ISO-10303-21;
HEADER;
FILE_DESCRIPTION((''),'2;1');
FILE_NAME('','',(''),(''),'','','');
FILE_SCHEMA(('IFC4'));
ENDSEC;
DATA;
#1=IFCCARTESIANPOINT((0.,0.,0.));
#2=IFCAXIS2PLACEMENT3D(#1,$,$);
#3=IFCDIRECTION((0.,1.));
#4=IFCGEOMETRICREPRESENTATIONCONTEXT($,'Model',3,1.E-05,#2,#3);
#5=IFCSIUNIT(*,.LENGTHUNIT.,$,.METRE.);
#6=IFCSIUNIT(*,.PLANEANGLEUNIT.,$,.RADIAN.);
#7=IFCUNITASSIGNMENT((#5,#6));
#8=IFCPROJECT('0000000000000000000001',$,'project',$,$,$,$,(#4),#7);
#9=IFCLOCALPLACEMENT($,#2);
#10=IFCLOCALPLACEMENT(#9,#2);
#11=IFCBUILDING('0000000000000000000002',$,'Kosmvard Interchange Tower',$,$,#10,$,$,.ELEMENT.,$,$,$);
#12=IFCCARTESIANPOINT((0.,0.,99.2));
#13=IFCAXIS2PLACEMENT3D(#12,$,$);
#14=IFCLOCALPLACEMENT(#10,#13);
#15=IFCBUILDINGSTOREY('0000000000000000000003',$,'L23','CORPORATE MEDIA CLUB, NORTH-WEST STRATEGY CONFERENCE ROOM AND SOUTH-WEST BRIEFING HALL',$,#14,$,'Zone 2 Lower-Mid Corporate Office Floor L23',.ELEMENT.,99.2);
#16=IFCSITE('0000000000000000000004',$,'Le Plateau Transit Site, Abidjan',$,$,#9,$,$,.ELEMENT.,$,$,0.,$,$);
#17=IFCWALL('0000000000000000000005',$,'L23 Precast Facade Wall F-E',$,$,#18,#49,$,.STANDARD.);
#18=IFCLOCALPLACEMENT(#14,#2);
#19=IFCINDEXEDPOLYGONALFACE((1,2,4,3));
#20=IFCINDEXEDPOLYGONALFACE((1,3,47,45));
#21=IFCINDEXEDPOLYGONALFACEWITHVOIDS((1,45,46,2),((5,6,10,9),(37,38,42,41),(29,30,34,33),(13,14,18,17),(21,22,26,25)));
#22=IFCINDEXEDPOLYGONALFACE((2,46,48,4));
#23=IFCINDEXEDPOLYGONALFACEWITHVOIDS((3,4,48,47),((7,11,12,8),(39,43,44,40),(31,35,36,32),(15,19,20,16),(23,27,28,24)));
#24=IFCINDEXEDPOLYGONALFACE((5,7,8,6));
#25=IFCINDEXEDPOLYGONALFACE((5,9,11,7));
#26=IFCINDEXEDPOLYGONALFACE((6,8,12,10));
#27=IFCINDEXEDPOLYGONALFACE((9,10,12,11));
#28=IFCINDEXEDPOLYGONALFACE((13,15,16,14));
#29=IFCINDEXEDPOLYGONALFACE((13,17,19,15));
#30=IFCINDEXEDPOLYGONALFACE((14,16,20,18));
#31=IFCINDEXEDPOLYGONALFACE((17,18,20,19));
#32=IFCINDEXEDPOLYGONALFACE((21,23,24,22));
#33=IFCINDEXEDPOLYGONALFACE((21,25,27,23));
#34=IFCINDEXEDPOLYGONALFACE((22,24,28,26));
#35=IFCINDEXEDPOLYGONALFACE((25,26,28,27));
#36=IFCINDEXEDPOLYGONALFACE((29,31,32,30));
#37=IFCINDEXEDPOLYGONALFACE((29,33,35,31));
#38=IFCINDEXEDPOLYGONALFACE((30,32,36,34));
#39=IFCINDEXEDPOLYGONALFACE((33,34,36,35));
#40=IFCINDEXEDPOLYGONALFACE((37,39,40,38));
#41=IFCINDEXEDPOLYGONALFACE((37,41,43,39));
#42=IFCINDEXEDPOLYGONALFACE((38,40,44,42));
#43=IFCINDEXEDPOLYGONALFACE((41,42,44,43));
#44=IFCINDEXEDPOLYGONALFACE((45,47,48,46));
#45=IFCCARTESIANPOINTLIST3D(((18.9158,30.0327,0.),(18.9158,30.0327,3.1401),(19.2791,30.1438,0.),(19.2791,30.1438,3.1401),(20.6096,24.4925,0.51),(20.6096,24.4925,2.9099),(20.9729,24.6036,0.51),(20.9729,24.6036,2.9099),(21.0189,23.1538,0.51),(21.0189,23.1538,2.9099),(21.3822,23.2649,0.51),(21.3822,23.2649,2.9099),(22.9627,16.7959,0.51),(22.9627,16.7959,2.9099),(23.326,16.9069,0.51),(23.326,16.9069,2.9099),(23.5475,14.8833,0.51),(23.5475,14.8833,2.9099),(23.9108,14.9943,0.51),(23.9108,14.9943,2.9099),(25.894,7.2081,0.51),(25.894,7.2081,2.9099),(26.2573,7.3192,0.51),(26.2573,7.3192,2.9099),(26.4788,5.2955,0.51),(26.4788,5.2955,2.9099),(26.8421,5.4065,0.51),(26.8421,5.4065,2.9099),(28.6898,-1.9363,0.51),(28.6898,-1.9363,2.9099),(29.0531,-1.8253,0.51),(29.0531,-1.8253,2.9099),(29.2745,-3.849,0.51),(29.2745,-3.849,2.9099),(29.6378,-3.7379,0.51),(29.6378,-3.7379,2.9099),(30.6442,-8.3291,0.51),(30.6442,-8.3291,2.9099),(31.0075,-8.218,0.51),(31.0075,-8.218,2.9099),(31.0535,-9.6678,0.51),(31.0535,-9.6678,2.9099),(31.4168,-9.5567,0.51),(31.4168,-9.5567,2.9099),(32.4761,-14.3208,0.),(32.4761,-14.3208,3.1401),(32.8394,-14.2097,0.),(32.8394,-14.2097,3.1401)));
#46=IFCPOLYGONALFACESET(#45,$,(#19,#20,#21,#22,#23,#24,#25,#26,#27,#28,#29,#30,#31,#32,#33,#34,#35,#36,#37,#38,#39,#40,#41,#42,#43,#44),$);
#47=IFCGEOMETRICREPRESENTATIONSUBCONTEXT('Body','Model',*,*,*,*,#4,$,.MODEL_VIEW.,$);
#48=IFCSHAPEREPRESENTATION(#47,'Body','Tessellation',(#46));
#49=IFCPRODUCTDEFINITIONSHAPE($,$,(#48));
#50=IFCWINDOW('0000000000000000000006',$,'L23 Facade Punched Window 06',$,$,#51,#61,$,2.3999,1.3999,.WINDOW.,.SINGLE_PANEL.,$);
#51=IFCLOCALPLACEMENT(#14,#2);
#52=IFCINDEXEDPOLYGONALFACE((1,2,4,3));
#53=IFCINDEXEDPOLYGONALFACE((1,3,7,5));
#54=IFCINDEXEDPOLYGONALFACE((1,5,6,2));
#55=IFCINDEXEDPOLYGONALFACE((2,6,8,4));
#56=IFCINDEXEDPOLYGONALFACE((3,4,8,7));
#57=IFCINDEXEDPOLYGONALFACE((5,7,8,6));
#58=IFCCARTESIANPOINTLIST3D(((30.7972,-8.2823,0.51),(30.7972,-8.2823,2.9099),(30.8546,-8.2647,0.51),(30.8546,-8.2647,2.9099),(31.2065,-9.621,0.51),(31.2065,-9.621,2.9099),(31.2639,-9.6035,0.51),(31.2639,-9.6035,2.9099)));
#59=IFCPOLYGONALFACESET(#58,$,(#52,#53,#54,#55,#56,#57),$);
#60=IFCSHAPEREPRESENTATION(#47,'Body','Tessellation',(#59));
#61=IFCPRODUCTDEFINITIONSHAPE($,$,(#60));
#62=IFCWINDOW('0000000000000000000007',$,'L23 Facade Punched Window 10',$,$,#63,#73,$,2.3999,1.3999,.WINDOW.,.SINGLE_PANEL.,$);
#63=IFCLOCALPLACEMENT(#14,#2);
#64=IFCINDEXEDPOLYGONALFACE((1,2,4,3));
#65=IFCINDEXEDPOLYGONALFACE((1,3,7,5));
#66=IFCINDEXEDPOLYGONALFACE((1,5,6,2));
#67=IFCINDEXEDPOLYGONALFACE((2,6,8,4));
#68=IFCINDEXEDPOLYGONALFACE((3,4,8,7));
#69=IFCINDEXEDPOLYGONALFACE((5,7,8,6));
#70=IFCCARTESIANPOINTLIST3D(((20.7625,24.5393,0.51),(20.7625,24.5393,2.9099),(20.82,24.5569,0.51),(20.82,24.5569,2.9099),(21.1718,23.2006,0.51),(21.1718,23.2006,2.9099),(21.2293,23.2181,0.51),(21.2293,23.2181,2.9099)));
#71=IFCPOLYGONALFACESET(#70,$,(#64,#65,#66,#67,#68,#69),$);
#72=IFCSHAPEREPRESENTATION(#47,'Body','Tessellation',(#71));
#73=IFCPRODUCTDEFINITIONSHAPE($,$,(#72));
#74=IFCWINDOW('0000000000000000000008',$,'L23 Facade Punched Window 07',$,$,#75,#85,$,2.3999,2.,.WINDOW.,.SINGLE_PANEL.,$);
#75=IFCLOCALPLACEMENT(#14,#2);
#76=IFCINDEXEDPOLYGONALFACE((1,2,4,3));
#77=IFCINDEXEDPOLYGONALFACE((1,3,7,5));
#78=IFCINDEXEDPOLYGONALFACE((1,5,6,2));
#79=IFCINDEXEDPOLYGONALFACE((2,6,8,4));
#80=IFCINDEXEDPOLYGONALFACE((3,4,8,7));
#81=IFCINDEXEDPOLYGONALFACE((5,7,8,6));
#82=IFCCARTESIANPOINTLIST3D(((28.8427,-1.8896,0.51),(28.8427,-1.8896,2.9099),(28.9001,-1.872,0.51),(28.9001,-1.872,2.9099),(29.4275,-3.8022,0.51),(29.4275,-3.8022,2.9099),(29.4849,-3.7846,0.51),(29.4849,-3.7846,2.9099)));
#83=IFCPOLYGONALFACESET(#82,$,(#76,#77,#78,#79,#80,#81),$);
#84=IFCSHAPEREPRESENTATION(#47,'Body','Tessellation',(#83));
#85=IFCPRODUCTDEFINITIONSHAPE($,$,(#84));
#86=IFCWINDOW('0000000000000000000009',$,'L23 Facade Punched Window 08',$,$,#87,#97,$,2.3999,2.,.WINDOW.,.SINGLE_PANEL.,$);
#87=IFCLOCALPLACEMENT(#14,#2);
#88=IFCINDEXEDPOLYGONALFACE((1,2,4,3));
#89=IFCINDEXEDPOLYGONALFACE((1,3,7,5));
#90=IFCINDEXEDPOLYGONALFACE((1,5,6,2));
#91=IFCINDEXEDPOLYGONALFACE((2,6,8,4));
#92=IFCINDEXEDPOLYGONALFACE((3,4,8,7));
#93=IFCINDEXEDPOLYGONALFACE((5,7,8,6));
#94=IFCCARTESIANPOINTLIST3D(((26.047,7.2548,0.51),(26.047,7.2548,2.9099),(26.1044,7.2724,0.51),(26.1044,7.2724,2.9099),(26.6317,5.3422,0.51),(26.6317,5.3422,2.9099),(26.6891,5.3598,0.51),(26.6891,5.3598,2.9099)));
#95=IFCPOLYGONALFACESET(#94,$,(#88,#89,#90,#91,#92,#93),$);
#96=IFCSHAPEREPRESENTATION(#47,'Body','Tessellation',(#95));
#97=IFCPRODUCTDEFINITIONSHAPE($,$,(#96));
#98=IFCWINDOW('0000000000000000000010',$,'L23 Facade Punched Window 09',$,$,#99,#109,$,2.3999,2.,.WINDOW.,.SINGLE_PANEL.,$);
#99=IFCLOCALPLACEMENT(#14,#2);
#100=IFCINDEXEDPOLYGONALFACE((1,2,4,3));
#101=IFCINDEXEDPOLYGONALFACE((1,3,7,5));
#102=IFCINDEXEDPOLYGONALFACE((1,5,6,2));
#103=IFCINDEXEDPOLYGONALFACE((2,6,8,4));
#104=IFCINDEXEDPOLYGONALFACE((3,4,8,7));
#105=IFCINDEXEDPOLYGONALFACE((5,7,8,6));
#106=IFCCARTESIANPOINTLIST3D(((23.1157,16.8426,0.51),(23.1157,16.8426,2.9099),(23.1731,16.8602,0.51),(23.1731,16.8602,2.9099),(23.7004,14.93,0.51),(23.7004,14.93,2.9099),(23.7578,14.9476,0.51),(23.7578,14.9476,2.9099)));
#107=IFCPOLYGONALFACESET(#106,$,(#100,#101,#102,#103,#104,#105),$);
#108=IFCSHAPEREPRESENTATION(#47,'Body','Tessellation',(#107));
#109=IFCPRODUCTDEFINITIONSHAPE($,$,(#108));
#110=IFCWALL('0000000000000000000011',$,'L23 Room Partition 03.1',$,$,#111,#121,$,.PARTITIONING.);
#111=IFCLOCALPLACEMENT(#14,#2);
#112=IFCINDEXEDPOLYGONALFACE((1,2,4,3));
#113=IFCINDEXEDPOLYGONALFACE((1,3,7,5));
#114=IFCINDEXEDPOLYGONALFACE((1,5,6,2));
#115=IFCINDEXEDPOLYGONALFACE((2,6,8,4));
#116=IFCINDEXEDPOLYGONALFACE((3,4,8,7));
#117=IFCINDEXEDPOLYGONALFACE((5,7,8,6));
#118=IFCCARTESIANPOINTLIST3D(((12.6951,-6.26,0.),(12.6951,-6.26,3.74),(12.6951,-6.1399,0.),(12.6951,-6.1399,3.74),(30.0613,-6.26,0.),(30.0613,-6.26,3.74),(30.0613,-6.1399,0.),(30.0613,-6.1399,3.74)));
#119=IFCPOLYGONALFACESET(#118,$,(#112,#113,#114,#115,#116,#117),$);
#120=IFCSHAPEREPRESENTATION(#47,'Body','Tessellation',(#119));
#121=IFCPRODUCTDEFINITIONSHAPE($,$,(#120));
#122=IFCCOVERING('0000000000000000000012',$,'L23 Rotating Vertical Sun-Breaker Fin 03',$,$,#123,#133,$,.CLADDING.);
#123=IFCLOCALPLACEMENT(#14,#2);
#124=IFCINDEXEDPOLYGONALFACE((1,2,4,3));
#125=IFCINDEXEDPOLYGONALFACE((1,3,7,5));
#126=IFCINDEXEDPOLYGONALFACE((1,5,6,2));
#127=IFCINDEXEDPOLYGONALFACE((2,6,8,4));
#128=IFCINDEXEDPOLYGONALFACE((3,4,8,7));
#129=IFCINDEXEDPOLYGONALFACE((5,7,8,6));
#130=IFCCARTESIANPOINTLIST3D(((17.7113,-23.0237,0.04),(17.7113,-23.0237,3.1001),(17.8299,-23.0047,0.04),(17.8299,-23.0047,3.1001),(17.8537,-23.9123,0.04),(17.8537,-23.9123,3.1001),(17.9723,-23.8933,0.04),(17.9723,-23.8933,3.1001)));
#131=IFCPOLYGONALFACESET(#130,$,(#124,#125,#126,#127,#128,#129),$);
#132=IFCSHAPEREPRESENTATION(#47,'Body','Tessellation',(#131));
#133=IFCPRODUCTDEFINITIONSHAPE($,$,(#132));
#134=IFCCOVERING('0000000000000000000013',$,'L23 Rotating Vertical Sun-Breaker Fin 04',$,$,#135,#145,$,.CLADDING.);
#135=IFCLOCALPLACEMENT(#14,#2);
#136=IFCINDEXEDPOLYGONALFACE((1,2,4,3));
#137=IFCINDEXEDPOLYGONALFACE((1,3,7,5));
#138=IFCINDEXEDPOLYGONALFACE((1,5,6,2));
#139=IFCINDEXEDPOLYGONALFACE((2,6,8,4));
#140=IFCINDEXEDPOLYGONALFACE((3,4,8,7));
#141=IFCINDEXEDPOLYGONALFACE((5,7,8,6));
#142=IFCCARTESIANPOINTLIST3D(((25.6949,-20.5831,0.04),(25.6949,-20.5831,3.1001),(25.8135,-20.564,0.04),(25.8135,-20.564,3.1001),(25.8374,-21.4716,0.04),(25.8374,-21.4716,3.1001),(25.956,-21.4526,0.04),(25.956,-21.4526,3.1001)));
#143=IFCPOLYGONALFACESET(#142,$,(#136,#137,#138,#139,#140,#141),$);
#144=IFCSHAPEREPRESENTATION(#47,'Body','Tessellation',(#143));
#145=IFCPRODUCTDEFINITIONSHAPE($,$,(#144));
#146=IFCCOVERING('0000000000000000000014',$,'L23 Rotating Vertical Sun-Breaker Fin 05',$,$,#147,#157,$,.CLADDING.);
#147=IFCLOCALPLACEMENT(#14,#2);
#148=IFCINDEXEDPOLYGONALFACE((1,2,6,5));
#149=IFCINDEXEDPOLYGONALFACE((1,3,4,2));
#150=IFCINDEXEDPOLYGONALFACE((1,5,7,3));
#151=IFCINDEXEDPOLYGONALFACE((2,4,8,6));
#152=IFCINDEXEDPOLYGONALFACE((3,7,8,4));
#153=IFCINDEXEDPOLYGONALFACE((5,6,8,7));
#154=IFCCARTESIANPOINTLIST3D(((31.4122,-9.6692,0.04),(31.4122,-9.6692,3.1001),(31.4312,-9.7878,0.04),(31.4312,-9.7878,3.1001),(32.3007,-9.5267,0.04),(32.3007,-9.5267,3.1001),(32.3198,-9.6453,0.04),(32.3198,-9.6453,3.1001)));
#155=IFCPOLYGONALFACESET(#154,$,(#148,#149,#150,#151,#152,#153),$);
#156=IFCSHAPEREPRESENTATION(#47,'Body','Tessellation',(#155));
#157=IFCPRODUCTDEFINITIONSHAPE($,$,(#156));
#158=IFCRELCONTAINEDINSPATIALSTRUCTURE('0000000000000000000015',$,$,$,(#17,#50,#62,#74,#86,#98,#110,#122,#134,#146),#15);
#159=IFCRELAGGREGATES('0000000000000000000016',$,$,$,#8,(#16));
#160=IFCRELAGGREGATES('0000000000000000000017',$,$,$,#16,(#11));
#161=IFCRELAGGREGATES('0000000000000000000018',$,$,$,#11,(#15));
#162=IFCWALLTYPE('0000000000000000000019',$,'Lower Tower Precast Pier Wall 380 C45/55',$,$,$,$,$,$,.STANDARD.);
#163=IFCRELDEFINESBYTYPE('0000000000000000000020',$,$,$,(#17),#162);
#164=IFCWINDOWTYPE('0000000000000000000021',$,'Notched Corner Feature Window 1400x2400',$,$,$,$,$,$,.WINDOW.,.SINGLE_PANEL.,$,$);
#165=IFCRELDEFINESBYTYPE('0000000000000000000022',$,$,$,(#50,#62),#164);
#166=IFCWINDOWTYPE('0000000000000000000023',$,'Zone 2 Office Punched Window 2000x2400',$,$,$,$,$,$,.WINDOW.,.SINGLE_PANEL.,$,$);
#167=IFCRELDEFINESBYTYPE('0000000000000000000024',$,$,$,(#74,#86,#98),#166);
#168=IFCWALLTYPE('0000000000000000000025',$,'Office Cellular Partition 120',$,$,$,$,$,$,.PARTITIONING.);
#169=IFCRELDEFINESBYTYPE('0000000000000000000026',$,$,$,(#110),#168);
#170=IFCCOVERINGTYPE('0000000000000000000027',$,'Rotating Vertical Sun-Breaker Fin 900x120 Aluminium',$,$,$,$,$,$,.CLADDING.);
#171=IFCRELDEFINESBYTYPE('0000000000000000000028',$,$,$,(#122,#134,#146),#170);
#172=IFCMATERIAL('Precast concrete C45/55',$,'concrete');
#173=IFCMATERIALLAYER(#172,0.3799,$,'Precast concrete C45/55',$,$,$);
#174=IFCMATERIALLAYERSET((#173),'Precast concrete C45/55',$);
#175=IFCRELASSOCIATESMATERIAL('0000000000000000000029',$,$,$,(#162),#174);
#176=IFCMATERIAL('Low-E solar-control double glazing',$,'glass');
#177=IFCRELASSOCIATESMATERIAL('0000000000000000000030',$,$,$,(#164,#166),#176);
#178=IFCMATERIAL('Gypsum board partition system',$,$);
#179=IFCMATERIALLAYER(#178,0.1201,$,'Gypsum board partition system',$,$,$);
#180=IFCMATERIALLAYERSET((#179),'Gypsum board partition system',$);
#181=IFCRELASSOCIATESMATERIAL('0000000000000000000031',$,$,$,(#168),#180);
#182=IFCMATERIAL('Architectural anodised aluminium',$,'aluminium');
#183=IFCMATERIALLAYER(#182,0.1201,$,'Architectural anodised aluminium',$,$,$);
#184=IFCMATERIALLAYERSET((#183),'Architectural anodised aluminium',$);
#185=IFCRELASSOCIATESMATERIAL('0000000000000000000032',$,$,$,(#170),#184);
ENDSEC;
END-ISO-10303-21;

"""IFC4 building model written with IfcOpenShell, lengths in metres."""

from ifc_helpers import new_model, si_unit, direction, frame, frame_2d, origin, origin_2d, place, context, subcontext, project, spatial, rectangle, extrude, source, transform, mapped, material, layer, layer_set, type_object, element, fill, save


model = new_model("IFC4")

# Units and contexts
model_context = context("Model", 3, precision=1e-05, world=origin(), true_north=direction((0.0, 1.0)))
body_context = subcontext(model_context, "Body", "Model", "MODEL_VIEW")
ifc_project = project(units=[si_unit("LENGTHUNIT", "METRE"), si_unit("PLANEANGLEUNIT", "RADIAN")], contexts=[model_context])

# Site, building, storey
site_placement = place(None, origin())
site = spatial("IfcSite", under=ifc_project, at=site_placement, Name="Le Plateau Transit Site, Abidjan", CompositionType="ELEMENT", RefElevation=0.0)
building_placement = place(site_placement, origin())
building = spatial("IfcBuilding", under=site, at=building_placement, Name="Kosmvard Interchange Tower", CompositionType="ELEMENT")
storey_placement = place(building_placement, frame((0.0, 0.0, 99.2)))
storey = spatial("IfcBuildingStorey", under=building, at=storey_placement, Name="L23", Description="CORPORATE MEDIA CLUB, NORTH-WEST STRATEGY CONFERENCE ROOM AND SOUTH-WEST BRIEFING HALL", LongName="Zone 2 Lower-Mid Corporate Office Floor L23", CompositionType="ELEMENT", Elevation=99.2)

# Shared definitions
ifc_material_1 = material(Name="Precast concrete C45/55", Category="concrete")

# Shared definitions
ifc_layer_1 = layer(ifc_material_1, 0.3799, Name="Precast concrete C45/55")
ifc_layer_set_1 = layer_set([ifc_layer_1], Name="Precast concrete C45/55")
wall_type_1 = type_object("IfcWallType", Name="Lower Tower Precast Pier Wall 380 C45/55", PredefinedType="STANDARD", material=ifc_layer_set_1)

# Shared definitions
ifc_material_2 = material(Name="Low-E solar-control double glazing", Category="glass")
window_type_1 = type_object("IfcWindowType", Name="Notched Corner Feature Window 1400x2400", PartitioningType="SINGLE_PANEL", PredefinedType="WINDOW", material=ifc_material_2)
shared_shape_1 = source(origin(), body_context, "Body", "SweptSolid", [
    extrude(rectangle(XDim=1.3999, YDim=2.3999, at=frame_2d((0.7, 1.2))), frame((0.0, 0.03, 0.0), z_axis=(0.0, -1.0, 0.0), x_axis=(1.0, 0.0, 0.0)), (0.0, 0.0, 1.0), 0.0601),
])

# Wall, openings, windows
wall_1_placement = place(storey_placement, frame((32.6577, -14.2651, 0.0), z_axis=(0.0, 0.0, 1.0), x_axis=(-0.292373, 0.956304, 0.0)))
wall_1 = element("IfcWall", 1, at=wall_1_placement, inside=storey, type_object=wall_type_1, Name="L23 Precast Facade Wall F-E", PredefinedType="STANDARD", context=body_context, shape_type="SweptSolid", body=[
    extrude(rectangle(XDim=46.3801, YDim=0.3799, at=frame_2d((23.1899, 0.0))), origin(), (0.0, 0.0, 1.0), 3.1401),
])
opening_1_placement = place(wall_1_placement, frame((4.8655, 0.0, 0.51)))
opening_1 = element("IfcOpeningElement", 2, at=opening_1_placement, cuts=wall_1, PredefinedType="OPENING", context=body_context, shape_type="SweptSolid", body=[
    extrude(rectangle(XDim=1.3999, YDim=2.3999, at=frame_2d((0.7, 1.2))), frame((0.0, 0.2, 0.0), z_axis=(0.0, -1.0, 0.0), x_axis=(1.0, 0.0, 0.0)), (0.0, 0.0, 1.0), 0.3999),
])
opening_2_placement = place(wall_1_placement, frame((10.9502, 0.0, 0.51)))
opening_2 = element("IfcOpeningElement", 3, at=opening_2_placement, cuts=wall_1, PredefinedType="OPENING", context=body_context, shape_type="SweptSolid", body=[
    extrude(rectangle(XDim=2.0, YDim=2.3999, at=frame_2d((1.0, 1.2))), frame((0.0, 0.2, 0.0), z_axis=(0.0, -1.0, 0.0), x_axis=(1.0, 0.0, 0.0)), (0.0, 0.0, 1.0), 0.3999),
])
opening_3_placement = place(wall_1_placement, frame((20.5125, 0.0, 0.51)))
opening_3 = element("IfcOpeningElement", 4, at=opening_3_placement, cuts=wall_1, PredefinedType="OPENING", context=body_context, shape_type="SweptSolid", body=[
    extrude(rectangle(XDim=2.0, YDim=2.3999, at=frame_2d((1.0, 1.2))), frame((0.0, 0.2, 0.0), z_axis=(0.0, -1.0, 0.0), x_axis=(1.0, 0.0, 0.0)), (0.0, 0.0, 1.0), 0.3999),
])
opening_4_placement = place(wall_1_placement, frame((30.5383, 0.0, 0.51)))
opening_4 = element("IfcOpeningElement", 5, at=opening_4_placement, cuts=wall_1, PredefinedType="OPENING", context=body_context, shape_type="SweptSolid", body=[
    extrude(rectangle(XDim=2.0, YDim=2.3999, at=frame_2d((1.0, 1.2))), frame((0.0, 0.2, 0.0), z_axis=(0.0, -1.0, 0.0), x_axis=(1.0, 0.0, 0.0)), (0.0, 0.0, 1.0), 0.3999),
])
opening_5_placement = place(wall_1_placement, frame((39.1868, 0.0, 0.51)))
opening_5 = element("IfcOpeningElement", 6, at=opening_5_placement, cuts=wall_1, PredefinedType="OPENING", context=body_context, shape_type="SweptSolid", body=[
    extrude(rectangle(XDim=1.3999, YDim=2.3999, at=frame_2d((0.7, 1.2))), frame((0.0, 0.2, 0.0), z_axis=(0.0, -1.0, 0.0), x_axis=(1.0, 0.0, 0.0)), (0.0, 0.0, 1.0), 0.3999),
])
window_1_placement = place(opening_1_placement, origin())
window_1 = element("IfcWindow", 7, at=window_1_placement, inside=storey, type_object=window_type_1, Name="L23 Facade Punched Window 06", OverallHeight=2.3999, OverallWidth=1.3999, PartitioningType="SINGLE_PANEL", PredefinedType="WINDOW", context=body_context, shape_type="MappedRepresentation", body=[
    mapped(shared_shape_1, transform((0.0, 0.0, 0.0), scale=1.0)),
])
fill(opening_1, window_1)
window_2_placement = place(opening_5_placement, origin())
window_2 = element("IfcWindow", 8, at=window_2_placement, inside=storey, type_object=window_type_1, Name="L23 Facade Punched Window 10", OverallHeight=2.3999, OverallWidth=1.3999, PartitioningType="SINGLE_PANEL", PredefinedType="WINDOW", context=body_context, shape_type="MappedRepresentation", body=[
    mapped(shared_shape_1, transform((0.0, 0.0, 0.0), scale=1.0)),
])
fill(opening_5, window_2)
window_type_2 = type_object("IfcWindowType", Name="Zone 2 Office Punched Window 2000x2400", PartitioningType="SINGLE_PANEL", PredefinedType="WINDOW", material=ifc_material_2)
shared_shape_2 = source(origin(), body_context, "Body", "SweptSolid", [
    extrude(rectangle(XDim=2.0, YDim=2.3999, at=frame_2d((1.0, 1.2))), frame((0.0, 0.03, 0.0), z_axis=(0.0, -1.0, 0.0), x_axis=(1.0, 0.0, 0.0)), (0.0, 0.0, 1.0), 0.0601),
])
window_3_placement = place(opening_2_placement, origin())
window_3 = element("IfcWindow", 9, at=window_3_placement, inside=storey, type_object=window_type_2, Name="L23 Facade Punched Window 07", OverallHeight=2.3999, OverallWidth=2.0, PartitioningType="SINGLE_PANEL", PredefinedType="WINDOW", context=body_context, shape_type="MappedRepresentation", body=[
    mapped(shared_shape_2, transform((0.0, 0.0, 0.0), scale=1.0)),
])
fill(opening_2, window_3)
window_4_placement = place(opening_3_placement, origin())
window_4 = element("IfcWindow", 10, at=window_4_placement, inside=storey, type_object=window_type_2, Name="L23 Facade Punched Window 08", OverallHeight=2.3999, OverallWidth=2.0, PartitioningType="SINGLE_PANEL", PredefinedType="WINDOW", context=body_context, shape_type="MappedRepresentation", body=[
    mapped(shared_shape_2, transform((0.0, 0.0, 0.0), scale=1.0)),
])
fill(opening_3, window_4)
window_5_placement = place(opening_4_placement, origin())
window_5 = element("IfcWindow", 11, at=window_5_placement, inside=storey, type_object=window_type_2, Name="L23 Facade Punched Window 09", OverallHeight=2.3999, OverallWidth=2.0, PartitioningType="SINGLE_PANEL", PredefinedType="WINDOW", context=body_context, shape_type="MappedRepresentation", body=[
    mapped(shared_shape_2, transform((0.0, 0.0, 0.0), scale=1.0)),
])
fill(opening_4, window_5)

# Wall
ifc_material_3 = material(Name="Gypsum board partition system")
ifc_layer_2 = layer(ifc_material_3, 0.1201, Name="Gypsum board partition system")
ifc_layer_set_2 = layer_set([ifc_layer_2], Name="Gypsum board partition system")
wall_type_2 = type_object("IfcWallType", Name="Office Cellular Partition 120", PredefinedType="PARTITIONING", material=ifc_layer_set_2)
wall_2_placement = place(storey_placement, frame((12.6951, -6.2, 0.0), z_axis=(0.0, 0.0, 1.0), x_axis=(1.0, 0.0, 0.0)))
element("IfcWall", 12, at=wall_2_placement, inside=storey, type_object=wall_type_2, Name="L23 Room Partition 03.1", PredefinedType="PARTITIONING", context=body_context, shape_type="SweptSolid", body=[
    extrude(rectangle(XDim=17.3662, YDim=0.1201, at=frame_2d((8.6831, 0.0))), origin(), (0.0, 0.0, 1.0), 3.74),
])

# Coverings
ifc_material_4 = material(Name="Architectural anodised aluminium", Category="aluminium")
ifc_layer_3 = layer(ifc_material_4, 0.1201, Name="Architectural anodised aluminium")
ifc_layer_set_3 = layer_set([ifc_layer_3], Name="Architectural anodised aluminium")
covering_type = type_object("IfcCoveringType", Name="Rotating Vertical Sun-Breaker Fin 900x120 Aluminium", PredefinedType="CLADDING", material=ifc_layer_set_3)
shared_shape_3 = source(origin(), body_context, "Body", "SweptSolid", [
    extrude(rectangle(XDim=0.8999, YDim=0.1201, at=origin_2d()), origin(), (0.0, 0.0, 1.0), 3.0601),
])
for number, where, z_axis, x_axis, name in (
    (13, (17.8418, -23.4585, 0.04), (0.0, 0.0, 1.0), (0.15833, -0.987386, 0.0), "L23 Rotating Vertical Sun-Breaker Fin 03"),
    (14, (25.8254, -21.0178, 0.04), (0.0, 0.0, 1.0), (0.15833, -0.987386, 0.0), "L23 Rotating Vertical Sun-Breaker Fin 04"),
    (15, (31.866, -9.6572, 0.04), (0.0, 0.0, 1.0), (0.987386, 0.15833, 0.0), "L23 Rotating Vertical Sun-Breaker Fin 05"),
):
    element("IfcCovering", number, at=place(storey_placement, frame(where, z_axis=z_axis, x_axis=x_axis)), inside=storey, type_object=covering_type, Name=name, PredefinedType="CLADDING", context=body_context, shape_type="MappedRepresentation", body=[
        mapped(shared_shape_3, transform((0.0, 0.0, 0.0), scale=1.0)),
    ])

save(model, "model.ifc")
